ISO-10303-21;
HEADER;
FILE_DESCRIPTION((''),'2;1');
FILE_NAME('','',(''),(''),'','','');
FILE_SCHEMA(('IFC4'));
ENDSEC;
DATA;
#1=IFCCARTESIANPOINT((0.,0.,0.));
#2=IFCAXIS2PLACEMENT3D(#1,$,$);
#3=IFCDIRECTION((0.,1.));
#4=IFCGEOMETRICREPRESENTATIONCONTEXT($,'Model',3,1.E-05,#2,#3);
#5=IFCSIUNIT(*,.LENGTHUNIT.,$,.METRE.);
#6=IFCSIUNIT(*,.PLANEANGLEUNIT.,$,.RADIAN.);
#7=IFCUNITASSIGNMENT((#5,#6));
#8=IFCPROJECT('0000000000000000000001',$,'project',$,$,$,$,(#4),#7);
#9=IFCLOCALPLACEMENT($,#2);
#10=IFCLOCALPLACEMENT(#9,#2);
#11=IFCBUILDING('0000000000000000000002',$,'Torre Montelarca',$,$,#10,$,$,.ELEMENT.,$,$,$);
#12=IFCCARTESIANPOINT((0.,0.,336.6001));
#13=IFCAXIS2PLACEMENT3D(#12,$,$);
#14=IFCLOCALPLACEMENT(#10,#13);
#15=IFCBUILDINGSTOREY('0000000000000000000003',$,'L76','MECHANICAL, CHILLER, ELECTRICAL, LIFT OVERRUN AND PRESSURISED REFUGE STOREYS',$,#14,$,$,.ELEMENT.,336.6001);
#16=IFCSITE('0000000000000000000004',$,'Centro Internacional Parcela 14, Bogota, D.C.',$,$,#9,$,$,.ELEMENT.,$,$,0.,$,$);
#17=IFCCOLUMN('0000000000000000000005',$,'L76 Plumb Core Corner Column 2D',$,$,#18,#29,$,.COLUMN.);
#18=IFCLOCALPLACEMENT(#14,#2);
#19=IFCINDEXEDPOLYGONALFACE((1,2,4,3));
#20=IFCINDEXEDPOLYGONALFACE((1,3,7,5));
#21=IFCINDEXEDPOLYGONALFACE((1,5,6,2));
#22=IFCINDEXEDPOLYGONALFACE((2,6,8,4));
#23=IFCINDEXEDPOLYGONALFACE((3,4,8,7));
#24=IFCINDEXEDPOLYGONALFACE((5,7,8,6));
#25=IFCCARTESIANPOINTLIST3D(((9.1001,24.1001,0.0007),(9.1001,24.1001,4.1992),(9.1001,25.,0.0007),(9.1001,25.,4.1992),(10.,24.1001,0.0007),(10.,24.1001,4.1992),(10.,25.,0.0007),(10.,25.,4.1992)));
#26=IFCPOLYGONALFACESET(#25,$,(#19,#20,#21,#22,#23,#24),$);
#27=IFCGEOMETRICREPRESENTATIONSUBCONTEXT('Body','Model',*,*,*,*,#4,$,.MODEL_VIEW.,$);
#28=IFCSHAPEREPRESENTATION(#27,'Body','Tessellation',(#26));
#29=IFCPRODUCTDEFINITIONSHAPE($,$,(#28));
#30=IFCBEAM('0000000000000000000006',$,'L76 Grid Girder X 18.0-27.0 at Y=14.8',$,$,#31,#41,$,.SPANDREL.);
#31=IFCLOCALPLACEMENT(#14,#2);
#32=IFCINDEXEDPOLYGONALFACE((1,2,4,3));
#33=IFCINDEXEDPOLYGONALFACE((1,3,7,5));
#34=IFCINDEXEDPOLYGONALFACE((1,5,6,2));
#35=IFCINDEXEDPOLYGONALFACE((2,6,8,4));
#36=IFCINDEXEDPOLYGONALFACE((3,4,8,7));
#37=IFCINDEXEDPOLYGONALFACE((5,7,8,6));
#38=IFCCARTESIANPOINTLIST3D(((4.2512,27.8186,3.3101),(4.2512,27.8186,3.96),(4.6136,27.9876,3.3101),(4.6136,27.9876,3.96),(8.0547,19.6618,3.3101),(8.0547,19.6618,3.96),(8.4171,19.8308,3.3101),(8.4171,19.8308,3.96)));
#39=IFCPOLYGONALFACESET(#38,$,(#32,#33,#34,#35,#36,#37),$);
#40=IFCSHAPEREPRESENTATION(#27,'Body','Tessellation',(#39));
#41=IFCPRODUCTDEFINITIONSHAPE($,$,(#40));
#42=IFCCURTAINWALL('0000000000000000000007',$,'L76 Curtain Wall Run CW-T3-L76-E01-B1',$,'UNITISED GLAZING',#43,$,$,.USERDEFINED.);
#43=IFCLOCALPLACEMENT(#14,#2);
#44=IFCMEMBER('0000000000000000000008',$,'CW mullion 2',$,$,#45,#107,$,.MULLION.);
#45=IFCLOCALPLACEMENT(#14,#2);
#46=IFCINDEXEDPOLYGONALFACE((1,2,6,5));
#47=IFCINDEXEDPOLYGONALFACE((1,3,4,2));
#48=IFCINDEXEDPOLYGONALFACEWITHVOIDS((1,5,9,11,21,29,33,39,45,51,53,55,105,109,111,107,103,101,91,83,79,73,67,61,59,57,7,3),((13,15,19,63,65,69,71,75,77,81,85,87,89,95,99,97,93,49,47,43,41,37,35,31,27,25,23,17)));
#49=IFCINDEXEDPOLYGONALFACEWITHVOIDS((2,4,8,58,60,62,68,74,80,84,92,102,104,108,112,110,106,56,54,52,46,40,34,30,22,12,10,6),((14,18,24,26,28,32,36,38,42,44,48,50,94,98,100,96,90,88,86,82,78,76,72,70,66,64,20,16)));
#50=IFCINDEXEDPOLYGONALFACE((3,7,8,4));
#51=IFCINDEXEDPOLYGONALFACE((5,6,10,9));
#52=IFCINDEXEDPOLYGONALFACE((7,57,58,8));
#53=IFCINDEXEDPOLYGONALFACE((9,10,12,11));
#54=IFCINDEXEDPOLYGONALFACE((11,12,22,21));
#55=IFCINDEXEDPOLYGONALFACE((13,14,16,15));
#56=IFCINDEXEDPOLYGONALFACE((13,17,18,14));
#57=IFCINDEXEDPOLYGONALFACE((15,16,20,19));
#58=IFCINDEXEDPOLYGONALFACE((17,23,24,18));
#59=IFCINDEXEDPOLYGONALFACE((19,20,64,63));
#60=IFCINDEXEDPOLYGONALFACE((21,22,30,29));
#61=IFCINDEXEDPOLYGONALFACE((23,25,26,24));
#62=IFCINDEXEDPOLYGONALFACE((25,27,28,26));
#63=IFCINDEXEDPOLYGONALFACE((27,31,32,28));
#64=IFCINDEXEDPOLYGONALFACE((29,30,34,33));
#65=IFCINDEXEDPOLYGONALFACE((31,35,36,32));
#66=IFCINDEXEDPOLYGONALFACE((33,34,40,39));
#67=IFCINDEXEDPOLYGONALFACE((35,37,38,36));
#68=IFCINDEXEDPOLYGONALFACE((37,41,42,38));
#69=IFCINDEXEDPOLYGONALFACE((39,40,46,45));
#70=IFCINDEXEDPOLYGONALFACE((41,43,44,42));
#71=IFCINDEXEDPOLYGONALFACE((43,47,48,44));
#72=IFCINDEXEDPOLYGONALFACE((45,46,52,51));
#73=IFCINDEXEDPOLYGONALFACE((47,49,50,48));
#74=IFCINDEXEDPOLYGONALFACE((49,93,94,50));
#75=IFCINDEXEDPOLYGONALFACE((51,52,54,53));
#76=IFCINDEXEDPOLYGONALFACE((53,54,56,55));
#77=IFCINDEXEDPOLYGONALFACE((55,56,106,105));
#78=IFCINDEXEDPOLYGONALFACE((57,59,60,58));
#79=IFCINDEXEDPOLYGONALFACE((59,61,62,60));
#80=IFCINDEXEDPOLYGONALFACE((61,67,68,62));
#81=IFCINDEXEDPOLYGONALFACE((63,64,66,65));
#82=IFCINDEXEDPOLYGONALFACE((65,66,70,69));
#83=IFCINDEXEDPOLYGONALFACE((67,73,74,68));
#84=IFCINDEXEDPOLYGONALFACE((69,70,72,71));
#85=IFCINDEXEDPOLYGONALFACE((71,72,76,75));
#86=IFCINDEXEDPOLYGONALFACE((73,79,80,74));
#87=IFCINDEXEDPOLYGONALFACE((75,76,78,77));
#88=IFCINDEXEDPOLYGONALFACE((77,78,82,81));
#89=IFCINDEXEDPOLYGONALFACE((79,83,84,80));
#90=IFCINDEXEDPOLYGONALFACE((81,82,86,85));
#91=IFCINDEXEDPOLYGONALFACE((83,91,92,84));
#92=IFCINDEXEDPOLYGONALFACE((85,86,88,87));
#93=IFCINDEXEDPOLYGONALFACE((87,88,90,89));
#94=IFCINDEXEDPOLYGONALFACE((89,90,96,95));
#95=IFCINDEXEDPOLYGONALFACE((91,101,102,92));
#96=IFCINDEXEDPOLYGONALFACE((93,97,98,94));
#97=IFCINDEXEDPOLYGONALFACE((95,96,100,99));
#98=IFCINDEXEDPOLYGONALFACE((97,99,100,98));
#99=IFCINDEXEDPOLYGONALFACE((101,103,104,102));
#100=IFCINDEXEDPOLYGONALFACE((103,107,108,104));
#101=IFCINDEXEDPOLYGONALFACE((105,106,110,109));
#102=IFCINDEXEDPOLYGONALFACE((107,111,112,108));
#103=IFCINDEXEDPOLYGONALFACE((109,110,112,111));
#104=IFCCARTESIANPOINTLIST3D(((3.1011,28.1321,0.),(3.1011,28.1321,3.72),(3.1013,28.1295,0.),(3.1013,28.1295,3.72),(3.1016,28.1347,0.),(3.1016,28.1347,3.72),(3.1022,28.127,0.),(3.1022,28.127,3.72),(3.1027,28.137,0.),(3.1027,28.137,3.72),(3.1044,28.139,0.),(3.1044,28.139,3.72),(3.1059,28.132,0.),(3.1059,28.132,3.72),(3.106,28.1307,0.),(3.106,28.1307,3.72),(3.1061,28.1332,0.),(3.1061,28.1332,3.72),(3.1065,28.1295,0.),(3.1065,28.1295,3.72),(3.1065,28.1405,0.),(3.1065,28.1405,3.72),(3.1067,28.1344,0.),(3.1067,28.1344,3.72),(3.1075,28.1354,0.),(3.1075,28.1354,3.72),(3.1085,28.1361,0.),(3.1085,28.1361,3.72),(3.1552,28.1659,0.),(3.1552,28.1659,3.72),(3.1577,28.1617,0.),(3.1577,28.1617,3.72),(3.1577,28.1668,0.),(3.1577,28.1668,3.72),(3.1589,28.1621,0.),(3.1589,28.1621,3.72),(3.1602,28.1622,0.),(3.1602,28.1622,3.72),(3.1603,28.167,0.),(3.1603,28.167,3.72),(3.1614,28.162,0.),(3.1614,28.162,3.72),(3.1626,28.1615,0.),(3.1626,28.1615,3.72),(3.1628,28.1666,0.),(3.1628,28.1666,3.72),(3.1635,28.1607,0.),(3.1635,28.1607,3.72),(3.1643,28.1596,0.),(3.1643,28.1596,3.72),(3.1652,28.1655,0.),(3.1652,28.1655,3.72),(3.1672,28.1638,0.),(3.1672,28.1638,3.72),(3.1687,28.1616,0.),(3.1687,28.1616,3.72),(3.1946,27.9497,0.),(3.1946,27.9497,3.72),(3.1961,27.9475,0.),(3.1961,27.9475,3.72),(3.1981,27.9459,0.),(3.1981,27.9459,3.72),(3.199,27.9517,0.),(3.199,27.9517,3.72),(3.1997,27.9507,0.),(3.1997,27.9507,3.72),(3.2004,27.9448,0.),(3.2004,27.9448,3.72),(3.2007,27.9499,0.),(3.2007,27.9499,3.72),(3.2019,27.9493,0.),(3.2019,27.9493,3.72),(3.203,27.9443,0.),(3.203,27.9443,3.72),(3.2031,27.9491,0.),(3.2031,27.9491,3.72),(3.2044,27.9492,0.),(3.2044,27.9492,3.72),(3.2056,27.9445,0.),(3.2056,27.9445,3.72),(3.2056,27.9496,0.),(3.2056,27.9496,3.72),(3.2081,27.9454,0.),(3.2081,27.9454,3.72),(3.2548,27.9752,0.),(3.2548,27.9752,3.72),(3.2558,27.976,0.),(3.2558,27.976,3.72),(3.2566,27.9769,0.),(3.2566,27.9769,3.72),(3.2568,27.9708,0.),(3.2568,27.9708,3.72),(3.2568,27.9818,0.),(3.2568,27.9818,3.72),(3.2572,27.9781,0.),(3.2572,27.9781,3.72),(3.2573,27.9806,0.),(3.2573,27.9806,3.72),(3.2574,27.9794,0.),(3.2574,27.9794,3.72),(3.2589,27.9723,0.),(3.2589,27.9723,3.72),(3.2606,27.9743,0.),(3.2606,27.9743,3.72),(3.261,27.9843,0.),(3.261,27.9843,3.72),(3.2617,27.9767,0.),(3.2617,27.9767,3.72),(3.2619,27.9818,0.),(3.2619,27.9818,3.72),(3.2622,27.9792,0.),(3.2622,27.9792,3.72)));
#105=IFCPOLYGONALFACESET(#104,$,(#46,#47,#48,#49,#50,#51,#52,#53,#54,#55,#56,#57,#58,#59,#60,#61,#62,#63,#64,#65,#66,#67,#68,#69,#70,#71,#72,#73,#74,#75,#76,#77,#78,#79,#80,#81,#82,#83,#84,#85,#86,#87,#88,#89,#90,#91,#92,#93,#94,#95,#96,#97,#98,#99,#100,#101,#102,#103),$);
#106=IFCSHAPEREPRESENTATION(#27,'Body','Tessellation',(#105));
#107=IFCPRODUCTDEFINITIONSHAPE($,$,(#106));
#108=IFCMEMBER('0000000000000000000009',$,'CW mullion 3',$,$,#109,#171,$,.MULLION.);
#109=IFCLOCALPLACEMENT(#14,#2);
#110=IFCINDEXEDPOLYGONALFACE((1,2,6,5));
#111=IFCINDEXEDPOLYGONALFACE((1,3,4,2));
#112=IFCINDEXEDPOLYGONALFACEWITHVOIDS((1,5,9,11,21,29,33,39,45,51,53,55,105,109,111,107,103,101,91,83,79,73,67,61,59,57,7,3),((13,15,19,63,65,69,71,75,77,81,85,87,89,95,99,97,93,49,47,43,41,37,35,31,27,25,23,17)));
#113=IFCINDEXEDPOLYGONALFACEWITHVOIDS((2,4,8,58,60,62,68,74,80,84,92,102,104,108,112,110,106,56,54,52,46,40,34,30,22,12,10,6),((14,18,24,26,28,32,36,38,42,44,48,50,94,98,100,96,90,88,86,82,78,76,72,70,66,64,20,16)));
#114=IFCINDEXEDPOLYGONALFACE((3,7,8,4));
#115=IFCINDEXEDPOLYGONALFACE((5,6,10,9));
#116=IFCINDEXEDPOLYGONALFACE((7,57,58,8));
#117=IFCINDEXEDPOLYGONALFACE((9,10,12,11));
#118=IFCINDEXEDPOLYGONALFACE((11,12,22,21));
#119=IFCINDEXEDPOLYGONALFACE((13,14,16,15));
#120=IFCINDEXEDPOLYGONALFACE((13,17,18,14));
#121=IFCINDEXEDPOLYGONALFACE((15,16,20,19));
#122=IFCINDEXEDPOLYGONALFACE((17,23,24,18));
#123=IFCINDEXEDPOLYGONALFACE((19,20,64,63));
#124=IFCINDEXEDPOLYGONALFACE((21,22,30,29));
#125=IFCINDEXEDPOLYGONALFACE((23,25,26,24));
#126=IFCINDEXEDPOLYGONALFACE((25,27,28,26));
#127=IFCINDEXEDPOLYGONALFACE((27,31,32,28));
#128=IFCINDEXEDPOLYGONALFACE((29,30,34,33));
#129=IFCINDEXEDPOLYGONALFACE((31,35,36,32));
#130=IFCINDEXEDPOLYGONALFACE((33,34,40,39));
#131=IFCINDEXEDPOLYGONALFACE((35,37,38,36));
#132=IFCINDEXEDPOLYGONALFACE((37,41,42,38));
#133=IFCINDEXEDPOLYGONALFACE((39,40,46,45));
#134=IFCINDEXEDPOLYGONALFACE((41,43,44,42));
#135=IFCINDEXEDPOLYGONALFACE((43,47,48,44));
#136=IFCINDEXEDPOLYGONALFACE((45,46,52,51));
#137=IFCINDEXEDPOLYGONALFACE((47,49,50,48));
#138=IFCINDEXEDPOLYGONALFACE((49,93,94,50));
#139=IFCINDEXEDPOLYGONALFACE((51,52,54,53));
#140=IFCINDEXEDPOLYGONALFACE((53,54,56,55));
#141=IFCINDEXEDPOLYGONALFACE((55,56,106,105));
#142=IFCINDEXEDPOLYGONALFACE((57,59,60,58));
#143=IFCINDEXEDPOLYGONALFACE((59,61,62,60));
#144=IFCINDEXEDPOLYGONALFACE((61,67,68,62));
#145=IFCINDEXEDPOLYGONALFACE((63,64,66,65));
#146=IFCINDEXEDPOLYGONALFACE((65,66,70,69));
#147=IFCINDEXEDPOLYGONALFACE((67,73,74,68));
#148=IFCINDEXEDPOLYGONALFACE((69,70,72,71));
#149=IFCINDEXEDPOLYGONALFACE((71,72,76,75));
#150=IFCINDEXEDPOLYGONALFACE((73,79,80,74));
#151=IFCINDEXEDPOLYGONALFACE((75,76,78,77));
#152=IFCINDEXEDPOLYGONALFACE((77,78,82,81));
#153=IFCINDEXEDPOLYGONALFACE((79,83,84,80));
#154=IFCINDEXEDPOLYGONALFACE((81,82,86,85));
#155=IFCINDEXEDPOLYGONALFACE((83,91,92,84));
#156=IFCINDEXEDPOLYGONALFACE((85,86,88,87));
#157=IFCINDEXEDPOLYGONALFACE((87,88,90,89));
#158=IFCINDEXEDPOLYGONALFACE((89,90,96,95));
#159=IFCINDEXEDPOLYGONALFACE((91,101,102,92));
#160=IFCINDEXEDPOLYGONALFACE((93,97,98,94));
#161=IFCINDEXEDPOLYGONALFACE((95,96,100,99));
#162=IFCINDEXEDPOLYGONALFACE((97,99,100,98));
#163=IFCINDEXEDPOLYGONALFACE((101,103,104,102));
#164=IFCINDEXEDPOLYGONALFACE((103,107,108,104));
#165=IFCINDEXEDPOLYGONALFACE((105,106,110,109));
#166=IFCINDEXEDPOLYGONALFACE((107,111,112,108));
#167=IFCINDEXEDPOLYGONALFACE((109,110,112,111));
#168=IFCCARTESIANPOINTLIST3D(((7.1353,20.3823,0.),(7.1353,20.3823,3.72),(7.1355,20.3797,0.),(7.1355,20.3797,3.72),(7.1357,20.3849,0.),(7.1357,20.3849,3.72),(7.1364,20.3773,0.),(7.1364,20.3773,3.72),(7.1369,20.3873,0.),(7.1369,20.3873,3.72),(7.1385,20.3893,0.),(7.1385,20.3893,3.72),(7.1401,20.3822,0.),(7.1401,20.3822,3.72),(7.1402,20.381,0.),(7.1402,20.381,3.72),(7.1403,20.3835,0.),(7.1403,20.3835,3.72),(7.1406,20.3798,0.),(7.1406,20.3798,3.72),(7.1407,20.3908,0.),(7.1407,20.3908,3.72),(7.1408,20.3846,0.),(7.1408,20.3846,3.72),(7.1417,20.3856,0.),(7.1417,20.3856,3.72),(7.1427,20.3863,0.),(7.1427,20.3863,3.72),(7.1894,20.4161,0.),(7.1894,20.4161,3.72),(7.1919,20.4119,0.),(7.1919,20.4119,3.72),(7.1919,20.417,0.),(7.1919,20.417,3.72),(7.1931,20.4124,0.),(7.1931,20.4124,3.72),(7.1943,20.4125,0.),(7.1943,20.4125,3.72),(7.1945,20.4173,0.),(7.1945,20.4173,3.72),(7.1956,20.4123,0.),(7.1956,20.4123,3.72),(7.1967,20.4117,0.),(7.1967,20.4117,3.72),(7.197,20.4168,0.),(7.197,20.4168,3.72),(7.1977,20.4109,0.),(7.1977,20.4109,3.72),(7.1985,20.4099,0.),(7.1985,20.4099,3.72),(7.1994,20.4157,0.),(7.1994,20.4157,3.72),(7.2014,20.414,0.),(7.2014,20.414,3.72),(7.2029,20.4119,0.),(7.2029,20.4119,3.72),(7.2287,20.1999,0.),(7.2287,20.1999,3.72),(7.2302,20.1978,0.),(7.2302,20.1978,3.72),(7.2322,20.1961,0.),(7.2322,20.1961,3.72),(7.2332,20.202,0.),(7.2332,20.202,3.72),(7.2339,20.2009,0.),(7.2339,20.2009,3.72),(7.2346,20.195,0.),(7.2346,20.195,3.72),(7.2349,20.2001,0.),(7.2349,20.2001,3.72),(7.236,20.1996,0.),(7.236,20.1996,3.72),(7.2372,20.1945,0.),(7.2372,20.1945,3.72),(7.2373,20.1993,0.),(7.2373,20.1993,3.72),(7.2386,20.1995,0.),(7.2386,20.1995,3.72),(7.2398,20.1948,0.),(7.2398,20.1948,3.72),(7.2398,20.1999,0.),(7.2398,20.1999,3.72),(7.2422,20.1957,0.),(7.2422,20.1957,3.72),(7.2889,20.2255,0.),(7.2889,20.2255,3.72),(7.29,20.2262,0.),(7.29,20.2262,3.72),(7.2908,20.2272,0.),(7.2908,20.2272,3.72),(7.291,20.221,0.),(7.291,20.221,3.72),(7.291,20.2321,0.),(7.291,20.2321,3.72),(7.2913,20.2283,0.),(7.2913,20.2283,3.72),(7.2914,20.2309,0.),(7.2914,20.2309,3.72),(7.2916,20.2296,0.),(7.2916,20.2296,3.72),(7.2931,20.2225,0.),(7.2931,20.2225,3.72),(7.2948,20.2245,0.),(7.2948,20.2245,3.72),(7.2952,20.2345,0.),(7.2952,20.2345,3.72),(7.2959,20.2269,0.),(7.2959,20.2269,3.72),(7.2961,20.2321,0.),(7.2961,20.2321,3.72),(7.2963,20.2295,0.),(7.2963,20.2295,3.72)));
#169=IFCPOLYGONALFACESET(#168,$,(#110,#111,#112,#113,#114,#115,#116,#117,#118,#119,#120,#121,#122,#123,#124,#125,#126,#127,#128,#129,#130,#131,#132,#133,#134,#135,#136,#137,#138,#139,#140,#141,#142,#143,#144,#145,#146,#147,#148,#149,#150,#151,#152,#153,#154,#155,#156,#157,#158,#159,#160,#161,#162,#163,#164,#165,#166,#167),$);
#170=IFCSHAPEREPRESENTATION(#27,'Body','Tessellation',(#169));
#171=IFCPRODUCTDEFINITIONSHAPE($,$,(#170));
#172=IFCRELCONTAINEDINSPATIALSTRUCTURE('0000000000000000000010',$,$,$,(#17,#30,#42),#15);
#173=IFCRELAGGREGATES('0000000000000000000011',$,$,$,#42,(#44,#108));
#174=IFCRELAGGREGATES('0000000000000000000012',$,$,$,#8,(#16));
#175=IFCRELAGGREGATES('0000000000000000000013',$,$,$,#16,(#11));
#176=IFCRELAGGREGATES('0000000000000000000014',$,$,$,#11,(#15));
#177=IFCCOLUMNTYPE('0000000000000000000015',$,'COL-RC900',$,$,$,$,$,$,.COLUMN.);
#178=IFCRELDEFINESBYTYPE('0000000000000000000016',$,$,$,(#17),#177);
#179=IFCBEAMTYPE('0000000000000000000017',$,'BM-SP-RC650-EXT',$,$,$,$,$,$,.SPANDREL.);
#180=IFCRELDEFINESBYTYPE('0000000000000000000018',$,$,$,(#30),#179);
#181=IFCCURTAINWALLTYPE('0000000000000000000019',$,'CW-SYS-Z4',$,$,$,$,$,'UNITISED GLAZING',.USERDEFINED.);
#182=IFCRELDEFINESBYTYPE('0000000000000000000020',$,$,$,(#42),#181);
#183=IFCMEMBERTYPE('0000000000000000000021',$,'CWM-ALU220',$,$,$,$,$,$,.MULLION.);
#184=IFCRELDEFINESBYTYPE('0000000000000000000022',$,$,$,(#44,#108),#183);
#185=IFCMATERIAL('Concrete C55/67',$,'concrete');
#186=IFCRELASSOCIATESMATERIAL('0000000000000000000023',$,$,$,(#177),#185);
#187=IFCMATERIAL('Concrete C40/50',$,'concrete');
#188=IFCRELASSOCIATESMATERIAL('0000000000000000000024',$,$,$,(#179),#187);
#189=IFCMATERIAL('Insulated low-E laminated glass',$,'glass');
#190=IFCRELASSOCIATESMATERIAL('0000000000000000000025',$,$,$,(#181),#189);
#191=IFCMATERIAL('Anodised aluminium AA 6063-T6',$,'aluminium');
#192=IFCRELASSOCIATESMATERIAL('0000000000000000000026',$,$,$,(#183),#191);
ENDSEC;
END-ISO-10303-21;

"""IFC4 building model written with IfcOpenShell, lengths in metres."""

from ifc_helpers import new_model, si_unit, direction, frame, origin, origin_2d, place, context, subcontext, project, spatial, rectangle, hollow_rectangle, extrude, source, transform, mapped, material, material_profile, profile_set, type_object, element, aggregate, save


model = new_model("IFC4")

# Units and contexts
model_context = context("Model", 3, precision=1e-05, world=origin(), true_north=direction((0.0, 1.0)))
body_context = subcontext(model_context, "Body", "Model", "MODEL_VIEW")
ifc_project = project(units=[si_unit("LENGTHUNIT", "METRE"), si_unit("PLANEANGLEUNIT", "RADIAN")], contexts=[model_context])

# Site, building, storey
site_placement = place(None, origin())
site = spatial("IfcSite", under=ifc_project, at=site_placement, Name="Centro Internacional Parcela 14, Bogota, D.C.", CompositionType="ELEMENT", RefElevation=0.0)
building_placement = place(site_placement, origin())
building = spatial("IfcBuilding", under=site, at=building_placement, Name="Torre Montelarca", CompositionType="ELEMENT")
storey_placement = place(building_placement, frame((0.0, 0.0, 336.6001)))
storey = spatial("IfcBuildingStorey", under=building, at=storey_placement, Name="L76", Description="MECHANICAL, CHILLER, ELECTRICAL, LIFT OVERRUN AND PRESSURISED REFUGE STOREYS", CompositionType="ELEMENT", Elevation=336.6001)

# Column
ifc_material_1 = material(Name="Concrete C40/50", Category="concrete")
ifc_material_2 = material(Name="Concrete C55/67", Category="concrete")
ifc_material_profile_1 = material_profile(ifc_material_2, rectangle(XDim=0.8999, YDim=0.8999, at=origin_2d()), Name="RC900X900", Category="concrete")
ifc_profile_set_1 = profile_set([ifc_material_profile_1], Name="Concrete C55/67")
column_type_1 = type_object("IfcColumnType", Name="COL-RC900", PredefinedType="COLUMN", material=ifc_profile_set_1)
shared_shape_1 = source(origin(), body_context, "Body", "SweptSolid", [
    extrude(rectangle(XDim=0.8999, YDim=0.8999, at=origin_2d()), origin(), (0.0, 0.0, 1.0), 4.1985),
])
column_1_placement = place(storey_placement, frame((9.55, 24.55, 0.0007), z_axis=(0.0, 0.0, 1.0), x_axis=(1.0, 0.0, 0.0)))
element("IfcColumn", 1, at=column_1_placement, inside=storey, type_object=column_type_1, Name="L76 Plumb Core Corner Column 2D", PredefinedType="COLUMN", context=body_context, shape_type="MappedRepresentation", body=[
    mapped(shared_shape_1, transform((0.0, 0.0, 0.0), scale=1.0)),
])

# Beam
ifc_material_profile_2 = material_profile(ifc_material_1, rectangle(XDim=0.3999, YDim=0.6499, at=origin_2d()), Name="RCB400X650", Category="concrete")
ifc_profile_set_2 = profile_set([ifc_material_profile_2], Name="Concrete C40/50")
beam_type = type_object("IfcBeamType", Name="BM-SP-RC650-EXT", PredefinedType="SPANDREL", material=ifc_profile_set_2)
shared_shape_2 = source(origin(), body_context, "Body", "SweptSolid", [
    extrude(rectangle(XDim=0.3999, YDim=0.6499, at=origin_2d()), origin(), (0.0, 0.0, 1.0), 9.0),
])
beam_placement = place(storey_placement, frame((4.4324, 27.9031, 3.635), z_axis=(0.422611, -0.906311, 0.0), x_axis=(0.906311, 0.422611, 0.0)))
element("IfcBeam", 2, at=beam_placement, inside=storey, type_object=beam_type, Name="L76 Grid Girder X 18.0-27.0 at Y=14.8", PredefinedType="SPANDREL", context=body_context, shape_type="MappedRepresentation", body=[
    mapped(shared_shape_2, transform((0.0, 0.0, 0.0), scale=1.0)),
])

# Curtain wall, members
ifc_material_3 = material(Name="Insulated low-E laminated glass", Category="glass")
curtain_wall_type = type_object("IfcCurtainWallType", Name="CW-SYS-Z4", ElementType="UNITISED GLAZING", PredefinedType="USERDEFINED", material=ifc_material_3)
curtain_wall_1_placement = place(storey_placement, origin())
curtain_wall_1 = element("IfcCurtainWall", 3, at=curtain_wall_1_placement, inside=storey, type_object=curtain_wall_type, Name="L76 Curtain Wall Run CW-T3-L76-E01-B1", ObjectType="UNITISED GLAZING", PredefinedType="USERDEFINED")
ifc_material_4 = material(Name="Anodised aluminium AA 6063-T6", Category="aluminium")
ifc_material_profile_3 = material_profile(ifc_material_4, hollow_rectangle(XDim=0.075, YDim=0.22, WallThickness=0.0049, InnerFilletRadius=0.0049, OuterFilletRadius=0.01, at=origin_2d()), Name="ALU75X220X5", Category="aluminium")
ifc_profile_set_3 = profile_set([ifc_material_profile_3], Name="Anodised aluminium AA 6063-T6")
member_type_1 = type_object("IfcMemberType", Name="CWM-ALU220", PredefinedType="MULLION", material=ifc_profile_set_3)
shared_shape_3 = source(origin(), body_context, "Body", "SweptSolid", [
    extrude(hollow_rectangle(XDim=0.075, YDim=0.22, WallThickness=0.0049, InnerFilletRadius=0.0049, OuterFilletRadius=0.01, at=origin_2d()), origin(), (0.0, 0.0, 1.0), 3.72),
])
member_1_placement = place(storey_placement, frame((3.1816, 28.0557, 0.0), z_axis=(0.0, 0.0, 1.0), x_axis=(0.887011, 0.461749, 0.0)))
member_1 = element("IfcMember", 4, at=member_1_placement, type_object=member_type_1, Name="CW mullion 2", PredefinedType="MULLION", context=body_context, shape_type="MappedRepresentation", body=[
    mapped(shared_shape_3, transform((0.0, 0.0, 0.0), scale=1.0)),
])
member_2_placement = place(storey_placement, frame((7.2158, 20.3059, 0.0), z_axis=(0.0, 0.0, 1.0), x_axis=(0.887011, 0.461749, 0.0)))
member_2 = element("IfcMember", 5, at=member_2_placement, type_object=member_type_1, Name="CW mullion 3", PredefinedType="MULLION", context=body_context, shape_type="MappedRepresentation", body=[
    mapped(shared_shape_3, transform((0.0, 0.0, 0.0), scale=1.0)),
])

aggregate(curtain_wall_1, [member_1, member_2])

save(model, "model.ifc")
